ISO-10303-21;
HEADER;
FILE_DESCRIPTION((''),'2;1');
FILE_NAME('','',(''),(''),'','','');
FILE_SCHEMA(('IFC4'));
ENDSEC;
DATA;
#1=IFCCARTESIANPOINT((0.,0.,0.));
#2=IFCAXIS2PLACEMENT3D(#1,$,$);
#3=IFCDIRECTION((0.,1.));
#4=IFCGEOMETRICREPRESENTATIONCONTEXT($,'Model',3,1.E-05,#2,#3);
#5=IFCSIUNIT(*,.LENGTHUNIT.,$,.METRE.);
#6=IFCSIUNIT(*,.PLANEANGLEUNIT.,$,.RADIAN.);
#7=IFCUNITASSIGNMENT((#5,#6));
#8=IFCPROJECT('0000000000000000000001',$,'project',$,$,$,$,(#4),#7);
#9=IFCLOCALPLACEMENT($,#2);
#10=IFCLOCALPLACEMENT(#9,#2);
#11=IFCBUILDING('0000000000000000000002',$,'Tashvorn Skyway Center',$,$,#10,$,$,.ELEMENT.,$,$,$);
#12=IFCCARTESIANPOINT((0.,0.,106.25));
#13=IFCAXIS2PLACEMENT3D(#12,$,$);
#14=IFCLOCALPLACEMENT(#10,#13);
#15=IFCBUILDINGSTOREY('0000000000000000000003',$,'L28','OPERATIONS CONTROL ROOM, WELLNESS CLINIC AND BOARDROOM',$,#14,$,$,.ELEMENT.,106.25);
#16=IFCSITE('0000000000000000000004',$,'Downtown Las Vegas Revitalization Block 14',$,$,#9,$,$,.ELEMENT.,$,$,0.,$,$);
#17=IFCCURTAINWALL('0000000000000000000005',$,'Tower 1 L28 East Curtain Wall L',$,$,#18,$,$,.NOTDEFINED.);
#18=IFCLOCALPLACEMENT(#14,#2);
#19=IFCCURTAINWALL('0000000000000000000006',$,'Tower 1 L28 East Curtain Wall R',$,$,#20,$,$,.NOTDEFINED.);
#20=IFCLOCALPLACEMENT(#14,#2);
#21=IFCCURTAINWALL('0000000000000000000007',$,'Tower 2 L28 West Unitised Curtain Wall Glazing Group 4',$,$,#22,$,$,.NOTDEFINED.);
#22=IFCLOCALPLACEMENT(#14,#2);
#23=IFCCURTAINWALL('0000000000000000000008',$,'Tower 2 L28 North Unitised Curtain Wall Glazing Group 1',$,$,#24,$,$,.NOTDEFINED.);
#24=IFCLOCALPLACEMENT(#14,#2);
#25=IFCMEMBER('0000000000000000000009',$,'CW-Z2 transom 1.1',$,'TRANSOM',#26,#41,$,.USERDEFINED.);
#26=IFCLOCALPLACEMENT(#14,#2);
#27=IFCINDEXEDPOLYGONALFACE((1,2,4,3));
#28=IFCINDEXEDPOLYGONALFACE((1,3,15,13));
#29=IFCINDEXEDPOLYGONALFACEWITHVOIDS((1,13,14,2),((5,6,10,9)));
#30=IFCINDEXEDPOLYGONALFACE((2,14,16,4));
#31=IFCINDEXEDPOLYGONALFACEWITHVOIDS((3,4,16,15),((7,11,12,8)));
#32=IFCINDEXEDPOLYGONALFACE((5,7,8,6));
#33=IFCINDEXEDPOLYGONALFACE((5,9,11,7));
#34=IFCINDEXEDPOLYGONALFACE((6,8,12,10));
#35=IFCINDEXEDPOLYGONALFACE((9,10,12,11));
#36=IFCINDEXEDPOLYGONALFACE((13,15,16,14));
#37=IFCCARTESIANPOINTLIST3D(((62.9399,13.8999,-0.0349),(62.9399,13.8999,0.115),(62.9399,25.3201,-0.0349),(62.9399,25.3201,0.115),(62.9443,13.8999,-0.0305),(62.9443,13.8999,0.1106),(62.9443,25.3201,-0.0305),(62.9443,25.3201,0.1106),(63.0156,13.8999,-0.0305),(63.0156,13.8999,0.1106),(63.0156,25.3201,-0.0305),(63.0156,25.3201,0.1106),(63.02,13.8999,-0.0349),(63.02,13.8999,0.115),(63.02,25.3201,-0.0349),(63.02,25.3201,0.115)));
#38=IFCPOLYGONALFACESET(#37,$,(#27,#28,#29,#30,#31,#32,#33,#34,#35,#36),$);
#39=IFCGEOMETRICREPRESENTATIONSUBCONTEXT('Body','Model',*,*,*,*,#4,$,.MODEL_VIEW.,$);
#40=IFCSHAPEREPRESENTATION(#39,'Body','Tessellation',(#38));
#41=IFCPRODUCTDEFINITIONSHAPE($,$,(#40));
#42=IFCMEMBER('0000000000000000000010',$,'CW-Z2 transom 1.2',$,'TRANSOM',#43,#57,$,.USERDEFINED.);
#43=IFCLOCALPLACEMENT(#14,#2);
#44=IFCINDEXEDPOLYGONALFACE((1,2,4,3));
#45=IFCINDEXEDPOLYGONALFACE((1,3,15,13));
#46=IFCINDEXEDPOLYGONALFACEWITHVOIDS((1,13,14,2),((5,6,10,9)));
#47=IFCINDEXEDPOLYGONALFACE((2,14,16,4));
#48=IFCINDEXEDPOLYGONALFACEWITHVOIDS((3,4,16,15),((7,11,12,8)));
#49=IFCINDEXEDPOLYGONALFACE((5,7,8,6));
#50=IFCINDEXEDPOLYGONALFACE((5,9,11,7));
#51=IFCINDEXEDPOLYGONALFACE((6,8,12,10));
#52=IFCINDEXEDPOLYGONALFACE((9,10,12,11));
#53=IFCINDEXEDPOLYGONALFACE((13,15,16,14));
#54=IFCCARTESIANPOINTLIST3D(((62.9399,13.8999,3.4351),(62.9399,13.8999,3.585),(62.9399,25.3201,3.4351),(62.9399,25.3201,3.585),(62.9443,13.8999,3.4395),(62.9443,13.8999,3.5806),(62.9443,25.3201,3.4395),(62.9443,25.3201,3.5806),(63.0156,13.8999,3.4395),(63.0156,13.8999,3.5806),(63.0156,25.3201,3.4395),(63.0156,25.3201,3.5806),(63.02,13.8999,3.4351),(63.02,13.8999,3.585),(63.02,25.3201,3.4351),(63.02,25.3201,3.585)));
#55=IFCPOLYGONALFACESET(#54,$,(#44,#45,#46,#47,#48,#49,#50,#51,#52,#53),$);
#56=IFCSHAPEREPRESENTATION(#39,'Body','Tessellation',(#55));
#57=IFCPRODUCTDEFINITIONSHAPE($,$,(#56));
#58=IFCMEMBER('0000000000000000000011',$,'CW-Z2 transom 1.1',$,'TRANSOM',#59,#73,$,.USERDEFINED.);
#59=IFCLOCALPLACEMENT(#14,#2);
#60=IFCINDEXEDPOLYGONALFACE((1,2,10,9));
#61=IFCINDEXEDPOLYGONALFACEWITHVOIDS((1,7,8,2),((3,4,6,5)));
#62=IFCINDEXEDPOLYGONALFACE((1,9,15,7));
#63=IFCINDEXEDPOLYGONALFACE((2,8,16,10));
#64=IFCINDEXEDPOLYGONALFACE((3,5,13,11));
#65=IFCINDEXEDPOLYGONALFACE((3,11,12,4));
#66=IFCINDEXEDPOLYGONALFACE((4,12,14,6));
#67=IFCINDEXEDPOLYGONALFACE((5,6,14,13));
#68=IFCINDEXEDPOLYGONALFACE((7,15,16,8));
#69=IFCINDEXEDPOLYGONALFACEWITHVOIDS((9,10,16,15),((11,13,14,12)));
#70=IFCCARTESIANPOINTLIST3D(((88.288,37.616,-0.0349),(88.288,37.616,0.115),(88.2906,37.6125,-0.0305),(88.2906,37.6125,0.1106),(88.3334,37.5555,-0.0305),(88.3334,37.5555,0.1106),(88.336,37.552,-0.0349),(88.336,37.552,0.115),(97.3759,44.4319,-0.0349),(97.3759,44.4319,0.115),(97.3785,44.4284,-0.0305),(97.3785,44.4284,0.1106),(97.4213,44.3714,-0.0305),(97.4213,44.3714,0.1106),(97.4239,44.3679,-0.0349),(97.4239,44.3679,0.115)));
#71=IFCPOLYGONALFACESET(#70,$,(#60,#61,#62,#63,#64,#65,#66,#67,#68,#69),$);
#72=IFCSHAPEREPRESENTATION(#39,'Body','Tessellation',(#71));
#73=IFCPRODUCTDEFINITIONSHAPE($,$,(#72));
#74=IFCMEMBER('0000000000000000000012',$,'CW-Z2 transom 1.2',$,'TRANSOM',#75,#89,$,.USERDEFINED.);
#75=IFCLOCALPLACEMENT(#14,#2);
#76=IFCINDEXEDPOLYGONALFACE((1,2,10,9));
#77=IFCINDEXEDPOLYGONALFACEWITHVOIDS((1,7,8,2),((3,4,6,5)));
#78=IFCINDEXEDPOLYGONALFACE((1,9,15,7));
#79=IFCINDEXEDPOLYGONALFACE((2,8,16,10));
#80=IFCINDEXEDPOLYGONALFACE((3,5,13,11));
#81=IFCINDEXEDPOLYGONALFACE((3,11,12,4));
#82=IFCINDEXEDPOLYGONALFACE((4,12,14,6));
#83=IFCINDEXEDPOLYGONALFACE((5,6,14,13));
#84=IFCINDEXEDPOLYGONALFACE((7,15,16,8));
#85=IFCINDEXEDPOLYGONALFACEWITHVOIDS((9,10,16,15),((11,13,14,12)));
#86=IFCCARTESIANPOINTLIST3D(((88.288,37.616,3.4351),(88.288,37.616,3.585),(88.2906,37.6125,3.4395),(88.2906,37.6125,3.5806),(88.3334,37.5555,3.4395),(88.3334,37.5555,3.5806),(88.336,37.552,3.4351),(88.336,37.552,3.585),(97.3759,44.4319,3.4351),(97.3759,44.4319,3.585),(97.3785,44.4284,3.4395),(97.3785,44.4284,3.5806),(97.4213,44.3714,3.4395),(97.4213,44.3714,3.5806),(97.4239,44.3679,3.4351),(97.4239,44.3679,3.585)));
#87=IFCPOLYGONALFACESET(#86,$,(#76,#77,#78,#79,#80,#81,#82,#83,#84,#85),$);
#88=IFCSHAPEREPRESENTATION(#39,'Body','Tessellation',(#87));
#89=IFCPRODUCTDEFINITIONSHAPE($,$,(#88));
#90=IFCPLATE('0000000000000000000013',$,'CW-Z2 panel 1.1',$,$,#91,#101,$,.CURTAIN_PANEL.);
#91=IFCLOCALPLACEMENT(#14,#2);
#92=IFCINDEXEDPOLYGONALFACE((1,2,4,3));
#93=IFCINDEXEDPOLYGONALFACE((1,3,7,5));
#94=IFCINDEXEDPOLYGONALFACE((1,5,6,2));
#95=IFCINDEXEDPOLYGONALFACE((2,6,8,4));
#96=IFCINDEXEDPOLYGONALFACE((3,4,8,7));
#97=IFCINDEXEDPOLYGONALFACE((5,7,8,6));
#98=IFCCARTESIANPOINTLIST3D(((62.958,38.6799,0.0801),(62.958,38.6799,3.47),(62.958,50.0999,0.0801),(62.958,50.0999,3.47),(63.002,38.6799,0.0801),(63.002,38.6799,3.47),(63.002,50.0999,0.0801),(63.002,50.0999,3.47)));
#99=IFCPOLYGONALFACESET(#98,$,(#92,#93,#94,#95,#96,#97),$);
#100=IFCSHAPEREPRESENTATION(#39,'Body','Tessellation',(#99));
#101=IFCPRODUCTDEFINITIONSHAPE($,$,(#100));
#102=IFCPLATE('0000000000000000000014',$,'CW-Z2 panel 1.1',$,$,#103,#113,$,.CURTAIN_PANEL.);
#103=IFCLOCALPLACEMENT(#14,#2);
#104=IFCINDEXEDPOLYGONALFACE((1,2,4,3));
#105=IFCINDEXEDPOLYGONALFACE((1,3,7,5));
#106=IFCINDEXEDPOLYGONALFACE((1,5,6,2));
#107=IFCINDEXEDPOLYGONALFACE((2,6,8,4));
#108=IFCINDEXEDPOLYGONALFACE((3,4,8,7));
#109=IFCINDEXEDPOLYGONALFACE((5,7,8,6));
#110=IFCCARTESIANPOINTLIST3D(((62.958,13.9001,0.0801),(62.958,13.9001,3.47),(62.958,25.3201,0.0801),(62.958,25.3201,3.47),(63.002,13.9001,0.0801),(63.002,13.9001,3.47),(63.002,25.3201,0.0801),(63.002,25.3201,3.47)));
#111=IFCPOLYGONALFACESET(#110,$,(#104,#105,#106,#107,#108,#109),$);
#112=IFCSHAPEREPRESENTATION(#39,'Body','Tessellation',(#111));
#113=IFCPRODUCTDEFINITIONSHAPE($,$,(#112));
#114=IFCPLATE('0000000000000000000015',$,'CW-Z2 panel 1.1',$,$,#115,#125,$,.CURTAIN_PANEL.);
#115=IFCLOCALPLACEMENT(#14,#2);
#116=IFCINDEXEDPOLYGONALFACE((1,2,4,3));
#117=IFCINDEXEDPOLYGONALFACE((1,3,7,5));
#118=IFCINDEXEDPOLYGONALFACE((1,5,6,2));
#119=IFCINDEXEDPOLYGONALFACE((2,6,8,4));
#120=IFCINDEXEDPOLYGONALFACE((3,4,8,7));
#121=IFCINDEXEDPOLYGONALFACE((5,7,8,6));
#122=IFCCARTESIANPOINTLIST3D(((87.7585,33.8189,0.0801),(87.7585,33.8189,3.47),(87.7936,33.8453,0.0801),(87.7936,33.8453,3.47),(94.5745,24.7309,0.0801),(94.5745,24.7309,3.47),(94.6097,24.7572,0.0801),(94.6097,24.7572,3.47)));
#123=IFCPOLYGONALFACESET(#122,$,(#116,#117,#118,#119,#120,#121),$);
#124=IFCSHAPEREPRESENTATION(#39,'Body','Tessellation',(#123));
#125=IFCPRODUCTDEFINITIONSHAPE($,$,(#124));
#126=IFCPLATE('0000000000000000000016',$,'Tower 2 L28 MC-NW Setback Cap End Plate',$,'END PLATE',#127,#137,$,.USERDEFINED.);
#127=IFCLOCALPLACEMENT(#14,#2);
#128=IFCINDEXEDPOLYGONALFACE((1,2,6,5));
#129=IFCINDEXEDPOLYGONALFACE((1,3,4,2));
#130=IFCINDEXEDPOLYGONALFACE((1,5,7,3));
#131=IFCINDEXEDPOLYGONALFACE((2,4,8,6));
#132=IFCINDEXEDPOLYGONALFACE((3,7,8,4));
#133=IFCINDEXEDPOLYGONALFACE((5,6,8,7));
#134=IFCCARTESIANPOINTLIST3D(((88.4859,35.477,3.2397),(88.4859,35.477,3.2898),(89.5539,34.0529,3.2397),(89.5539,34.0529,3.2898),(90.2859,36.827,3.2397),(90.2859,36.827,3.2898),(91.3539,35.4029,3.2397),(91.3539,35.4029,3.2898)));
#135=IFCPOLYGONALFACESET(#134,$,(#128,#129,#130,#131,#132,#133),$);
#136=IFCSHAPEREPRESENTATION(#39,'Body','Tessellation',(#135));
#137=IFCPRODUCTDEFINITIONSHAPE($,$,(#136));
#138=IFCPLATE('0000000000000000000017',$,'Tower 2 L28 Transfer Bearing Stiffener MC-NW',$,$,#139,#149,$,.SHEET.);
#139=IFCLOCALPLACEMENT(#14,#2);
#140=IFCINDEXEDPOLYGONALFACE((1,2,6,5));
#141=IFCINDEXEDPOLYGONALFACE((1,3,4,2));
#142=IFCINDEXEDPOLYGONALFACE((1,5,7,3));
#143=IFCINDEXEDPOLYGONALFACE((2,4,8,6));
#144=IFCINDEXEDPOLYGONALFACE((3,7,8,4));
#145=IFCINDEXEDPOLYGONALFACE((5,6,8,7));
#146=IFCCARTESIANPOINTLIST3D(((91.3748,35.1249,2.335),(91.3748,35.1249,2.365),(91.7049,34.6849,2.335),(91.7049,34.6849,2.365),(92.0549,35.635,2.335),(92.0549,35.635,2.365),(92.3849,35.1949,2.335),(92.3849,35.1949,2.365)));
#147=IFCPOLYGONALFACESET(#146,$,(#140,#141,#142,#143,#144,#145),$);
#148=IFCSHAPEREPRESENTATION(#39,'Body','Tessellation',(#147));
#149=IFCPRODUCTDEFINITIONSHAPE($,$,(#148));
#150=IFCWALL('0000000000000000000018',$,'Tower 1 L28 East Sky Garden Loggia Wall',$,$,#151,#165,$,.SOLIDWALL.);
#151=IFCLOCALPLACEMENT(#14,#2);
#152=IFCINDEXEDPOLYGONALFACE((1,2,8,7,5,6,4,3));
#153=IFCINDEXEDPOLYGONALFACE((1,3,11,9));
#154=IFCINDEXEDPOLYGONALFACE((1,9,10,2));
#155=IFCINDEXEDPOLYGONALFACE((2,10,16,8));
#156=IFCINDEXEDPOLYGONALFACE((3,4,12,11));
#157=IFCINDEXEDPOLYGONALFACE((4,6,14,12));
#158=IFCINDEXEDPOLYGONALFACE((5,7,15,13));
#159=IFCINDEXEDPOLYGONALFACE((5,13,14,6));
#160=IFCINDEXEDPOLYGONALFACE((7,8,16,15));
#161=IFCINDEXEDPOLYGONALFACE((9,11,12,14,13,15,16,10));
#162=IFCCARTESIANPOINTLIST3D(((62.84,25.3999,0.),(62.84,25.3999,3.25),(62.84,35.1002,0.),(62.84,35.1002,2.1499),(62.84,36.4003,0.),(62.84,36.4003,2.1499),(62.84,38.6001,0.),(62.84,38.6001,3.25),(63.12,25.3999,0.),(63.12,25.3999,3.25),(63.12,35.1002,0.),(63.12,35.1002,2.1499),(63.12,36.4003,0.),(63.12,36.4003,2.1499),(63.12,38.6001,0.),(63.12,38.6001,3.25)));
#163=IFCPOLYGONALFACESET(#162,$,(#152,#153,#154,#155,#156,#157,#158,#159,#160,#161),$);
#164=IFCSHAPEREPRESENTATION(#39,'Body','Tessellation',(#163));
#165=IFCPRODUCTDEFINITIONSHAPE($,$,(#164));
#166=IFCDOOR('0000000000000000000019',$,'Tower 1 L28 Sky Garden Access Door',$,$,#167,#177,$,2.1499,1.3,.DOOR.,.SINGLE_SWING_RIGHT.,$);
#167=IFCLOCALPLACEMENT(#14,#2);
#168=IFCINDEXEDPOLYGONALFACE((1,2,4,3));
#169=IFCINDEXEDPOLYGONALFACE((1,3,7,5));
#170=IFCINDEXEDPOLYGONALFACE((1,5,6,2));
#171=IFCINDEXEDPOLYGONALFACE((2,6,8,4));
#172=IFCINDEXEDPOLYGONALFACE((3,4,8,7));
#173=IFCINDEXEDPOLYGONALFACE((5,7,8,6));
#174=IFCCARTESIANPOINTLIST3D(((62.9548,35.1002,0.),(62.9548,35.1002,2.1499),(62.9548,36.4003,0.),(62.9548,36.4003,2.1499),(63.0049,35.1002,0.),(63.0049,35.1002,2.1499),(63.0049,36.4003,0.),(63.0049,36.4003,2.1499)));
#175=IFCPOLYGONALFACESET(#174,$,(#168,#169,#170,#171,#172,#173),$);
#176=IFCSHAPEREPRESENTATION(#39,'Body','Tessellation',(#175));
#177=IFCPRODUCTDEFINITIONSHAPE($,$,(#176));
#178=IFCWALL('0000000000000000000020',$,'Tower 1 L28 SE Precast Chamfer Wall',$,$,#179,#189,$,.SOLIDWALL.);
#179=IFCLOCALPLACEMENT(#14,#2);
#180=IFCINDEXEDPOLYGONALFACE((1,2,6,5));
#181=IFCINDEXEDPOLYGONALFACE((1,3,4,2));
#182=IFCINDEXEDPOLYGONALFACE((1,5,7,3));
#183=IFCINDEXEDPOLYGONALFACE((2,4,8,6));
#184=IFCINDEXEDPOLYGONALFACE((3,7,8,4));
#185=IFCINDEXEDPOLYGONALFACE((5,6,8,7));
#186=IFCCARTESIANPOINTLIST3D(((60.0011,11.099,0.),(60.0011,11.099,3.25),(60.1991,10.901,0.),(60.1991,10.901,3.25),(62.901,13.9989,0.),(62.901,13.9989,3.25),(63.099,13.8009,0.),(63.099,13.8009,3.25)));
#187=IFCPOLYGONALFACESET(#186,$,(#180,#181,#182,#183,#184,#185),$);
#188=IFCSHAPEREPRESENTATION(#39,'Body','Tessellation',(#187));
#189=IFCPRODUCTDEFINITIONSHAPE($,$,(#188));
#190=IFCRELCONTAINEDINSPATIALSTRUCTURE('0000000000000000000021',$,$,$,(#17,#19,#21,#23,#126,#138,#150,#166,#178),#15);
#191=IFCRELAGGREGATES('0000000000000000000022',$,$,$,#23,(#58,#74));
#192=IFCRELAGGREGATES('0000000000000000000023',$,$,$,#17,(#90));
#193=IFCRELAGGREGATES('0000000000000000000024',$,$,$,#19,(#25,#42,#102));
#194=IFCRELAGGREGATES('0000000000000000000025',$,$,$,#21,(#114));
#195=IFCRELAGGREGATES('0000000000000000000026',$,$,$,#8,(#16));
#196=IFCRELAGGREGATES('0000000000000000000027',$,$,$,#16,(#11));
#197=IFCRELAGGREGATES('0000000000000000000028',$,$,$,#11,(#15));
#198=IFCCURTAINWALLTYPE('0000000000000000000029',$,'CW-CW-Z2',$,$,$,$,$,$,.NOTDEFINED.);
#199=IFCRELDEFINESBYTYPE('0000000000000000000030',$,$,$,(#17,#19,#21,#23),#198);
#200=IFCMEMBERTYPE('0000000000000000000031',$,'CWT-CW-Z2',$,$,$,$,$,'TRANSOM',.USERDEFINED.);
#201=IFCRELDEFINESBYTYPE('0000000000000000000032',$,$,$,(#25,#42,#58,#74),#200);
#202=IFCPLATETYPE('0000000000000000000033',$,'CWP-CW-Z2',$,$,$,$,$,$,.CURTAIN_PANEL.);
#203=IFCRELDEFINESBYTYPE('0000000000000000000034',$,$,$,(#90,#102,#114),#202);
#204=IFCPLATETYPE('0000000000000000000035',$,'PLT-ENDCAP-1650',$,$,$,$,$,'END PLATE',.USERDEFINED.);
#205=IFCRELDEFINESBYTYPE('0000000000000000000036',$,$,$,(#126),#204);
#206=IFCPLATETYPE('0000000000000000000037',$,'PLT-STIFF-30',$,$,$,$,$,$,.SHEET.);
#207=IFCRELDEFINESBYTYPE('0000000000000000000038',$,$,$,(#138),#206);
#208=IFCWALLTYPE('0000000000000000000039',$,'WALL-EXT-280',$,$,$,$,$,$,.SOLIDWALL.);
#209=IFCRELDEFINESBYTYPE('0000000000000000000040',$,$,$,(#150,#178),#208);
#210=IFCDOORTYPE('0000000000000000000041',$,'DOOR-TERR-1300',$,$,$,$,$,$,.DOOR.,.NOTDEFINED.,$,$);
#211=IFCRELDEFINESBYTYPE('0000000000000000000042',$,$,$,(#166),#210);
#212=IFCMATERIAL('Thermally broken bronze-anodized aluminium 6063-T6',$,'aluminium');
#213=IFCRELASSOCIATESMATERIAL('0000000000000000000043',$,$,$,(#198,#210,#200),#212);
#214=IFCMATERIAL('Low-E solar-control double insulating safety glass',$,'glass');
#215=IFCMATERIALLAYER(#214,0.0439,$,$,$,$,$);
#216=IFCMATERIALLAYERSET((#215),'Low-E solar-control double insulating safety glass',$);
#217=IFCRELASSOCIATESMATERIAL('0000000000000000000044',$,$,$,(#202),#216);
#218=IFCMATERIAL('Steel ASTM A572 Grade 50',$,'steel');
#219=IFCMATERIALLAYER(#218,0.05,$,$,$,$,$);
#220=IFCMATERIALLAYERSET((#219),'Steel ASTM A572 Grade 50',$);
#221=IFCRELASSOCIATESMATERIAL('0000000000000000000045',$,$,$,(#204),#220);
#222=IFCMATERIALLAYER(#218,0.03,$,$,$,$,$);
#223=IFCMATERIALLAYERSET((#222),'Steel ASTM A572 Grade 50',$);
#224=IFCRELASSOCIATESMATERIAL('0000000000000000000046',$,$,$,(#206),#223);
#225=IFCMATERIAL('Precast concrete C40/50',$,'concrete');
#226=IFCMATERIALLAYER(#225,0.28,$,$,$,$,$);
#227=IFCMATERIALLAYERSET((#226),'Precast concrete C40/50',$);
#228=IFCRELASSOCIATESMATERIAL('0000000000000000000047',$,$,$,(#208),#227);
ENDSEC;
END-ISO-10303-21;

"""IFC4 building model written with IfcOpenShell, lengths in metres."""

from ifc_helpers import new_model, si_unit, direction, frame, frame_2d, origin, origin_2d, place, context, subcontext, project, spatial, rectangle, hollow_rectangle, extrude, material, layer, layer_set, material_profile, profile_set, type_object, element, fill, aggregate, save


model = new_model("IFC4")

# Units and contexts
model_context = context("Model", 3, precision=1e-05, world=origin(), true_north=direction((0.0, 1.0)))
body_context = subcontext(model_context, "Body", "Model", "MODEL_VIEW")
ifc_project = project(units=[si_unit("LENGTHUNIT", "METRE"), si_unit("PLANEANGLEUNIT", "RADIAN")], contexts=[model_context])

# Site, building, storey
site_placement = place(None, origin())
site = spatial("IfcSite", under=ifc_project, at=site_placement, Name="Downtown Las Vegas Revitalization Block 14", CompositionType="ELEMENT", RefElevation=0.0)
building_placement = place(site_placement, origin())
building = spatial("IfcBuilding", under=site, at=building_placement, Name="Tashvorn Skyway Center", CompositionType="ELEMENT")
storey_placement = place(building_placement, frame((0.0, 0.0, 106.25)))
storey = spatial("IfcBuildingStorey", under=building, at=storey_placement, Name="L28", Description="OPERATIONS CONTROL ROOM, WELLNESS CLINIC AND BOARDROOM", CompositionType="ELEMENT", Elevation=106.25)

# Shared definitions
ifc_material_1 = material(Name="Steel ASTM A572 Grade 50", Category="steel")

# Curtain wall
ifc_material_2 = material(Name="Thermally broken bronze-anodized aluminium 6063-T6", Category="aluminium")
curtain_wall_type = type_object("IfcCurtainWallType", Name="CW-CW-Z2", PredefinedType="NOTDEFINED", material=ifc_material_2)
curtain_wall_1_placement = place(storey_placement, origin())
curtain_wall_1 = element("IfcCurtainWall", 1, at=curtain_wall_1_placement, inside=storey, type_object=curtain_wall_type, Name="Tower 1 L28 East Curtain Wall L", PredefinedType="NOTDEFINED")

# Curtain wall
curtain_wall_2_placement = place(storey_placement, origin())
curtain_wall_2 = element("IfcCurtainWall", 2, at=curtain_wall_2_placement, inside=storey, type_object=curtain_wall_type, Name="Tower 1 L28 East Curtain Wall R", PredefinedType="NOTDEFINED")

# Curtain walls
curtain_wall_3_placement = place(storey_placement, origin())
curtain_wall_3 = element("IfcCurtainWall", 3, at=curtain_wall_3_placement, inside=storey, type_object=curtain_wall_type, Name="Tower 2 L28 West Unitised Curtain Wall Glazing Group 4", PredefinedType="NOTDEFINED")
curtain_wall_4_placement = place(storey_placement, origin())
curtain_wall_4 = element("IfcCurtainWall", 4, at=curtain_wall_4_placement, inside=storey, type_object=curtain_wall_type, Name="Tower 2 L28 North Unitised Curtain Wall Glazing Group 1", PredefinedType="NOTDEFINED")

# Members
ifc_material_profile_1 = material_profile(ifc_material_2, hollow_rectangle(XDim=0.0801, YDim=0.1499, WallThickness=0.0044, at=origin_2d()), Name="ALU-TRAN-80x150")
ifc_profile_set_1 = profile_set([ifc_material_profile_1], Name="Thermally broken bronze-anodized aluminium 6063-T6")
member_type_1 = type_object("IfcMemberType", Name="CWT-CW-Z2", ElementType="TRANSOM", PredefinedType="USERDEFINED", material=ifc_profile_set_1)
member_1_placement = place(storey_placement, frame((62.98, 25.3201, 0.04), z_axis=(0.0, -1.0, 0.0), x_axis=(1.0, 0.0, 0.0)))
member_1 = element("IfcMember", 5, at=member_1_placement, type_object=member_type_1, Name="CW-Z2 transom 1.1", ObjectType="TRANSOM", PredefinedType="USERDEFINED", context=body_context, shape_type="SweptSolid", body=[
    extrude(hollow_rectangle(XDim=0.0801, YDim=0.1499, WallThickness=0.0044, at=origin_2d()), origin(), (0.0, 0.0, 1.0), 11.4202),
])
member_2_placement = place(storey_placement, frame((62.98, 25.3201, 3.51), z_axis=(0.0, -1.0, 0.0), x_axis=(1.0, 0.0, 0.0)))
member_2 = element("IfcMember", 6, at=member_2_placement, type_object=member_type_1, Name="CW-Z2 transom 1.2", ObjectType="TRANSOM", PredefinedType="USERDEFINED", context=body_context, shape_type="SweptSolid", body=[
    extrude(hollow_rectangle(XDim=0.0801, YDim=0.1499, WallThickness=0.0044, at=origin_2d()), origin(), (0.0, 0.0, 1.0), 11.4202),
])
member_3_placement = place(storey_placement, frame((88.312, 37.584, 0.04), z_axis=(0.8, 0.6, 0.0), x_axis=(-0.6, 0.8, 0.0)))
member_3 = element("IfcMember", 7, at=member_3_placement, type_object=member_type_1, Name="CW-Z2 transom 1.1", ObjectType="TRANSOM", PredefinedType="USERDEFINED", context=body_context, shape_type="SweptSolid", body=[
    extrude(hollow_rectangle(XDim=0.0801, YDim=0.1499, WallThickness=0.0044, at=origin_2d()), origin(), (0.0, 0.0, 1.0), 11.3599),
])
member_4_placement = place(storey_placement, frame((88.312, 37.584, 3.51), z_axis=(0.8, 0.6, 0.0), x_axis=(-0.6, 0.8, 0.0)))
member_4 = element("IfcMember", 8, at=member_4_placement, type_object=member_type_1, Name="CW-Z2 transom 1.2", ObjectType="TRANSOM", PredefinedType="USERDEFINED", context=body_context, shape_type="SweptSolid", body=[
    extrude(hollow_rectangle(XDim=0.0801, YDim=0.1499, WallThickness=0.0044, at=origin_2d()), origin(), (0.0, 0.0, 1.0), 11.3599),
])
aggregate(curtain_wall_4, [member_3, member_4])

# Plates
ifc_material_3 = material(Name="Low-E solar-control double insulating safety glass", Category="glass")
ifc_layer_1 = layer(ifc_material_3, 0.0439)
ifc_layer_set_1 = layer_set([ifc_layer_1], Name="Low-E solar-control double insulating safety glass")
plate_type_1 = type_object("IfcPlateType", Name="CWP-CW-Z2", PredefinedType="CURTAIN_PANEL", material=ifc_layer_set_1)
plate_1_placement = place(storey_placement, frame((62.98, 44.3899, 0.0801), z_axis=(0.0, 0.0, 1.0), x_axis=(0.0, -1.0, 0.0)))
plate_1 = element("IfcPlate", 9, at=plate_1_placement, type_object=plate_type_1, Name="CW-Z2 panel 1.1", PredefinedType="CURTAIN_PANEL", context=body_context, shape_type="SweptSolid", body=[
    extrude(rectangle(XDim=11.4199, YDim=0.0439, at=origin_2d()), origin(), (0.0, 0.0, 1.0), 3.3899),
])
aggregate(curtain_wall_1, [plate_1])
plate_2_placement = place(storey_placement, frame((62.98, 19.6101, 0.0801), z_axis=(0.0, 0.0, 1.0), x_axis=(0.0, -1.0, 0.0)))
plate_2 = element("IfcPlate", 10, at=plate_2_placement, type_object=plate_type_1, Name="CW-Z2 panel 1.1", PredefinedType="CURTAIN_PANEL", context=body_context, shape_type="SweptSolid", body=[
    extrude(rectangle(XDim=11.4199, YDim=0.0439, at=origin_2d()), origin(), (0.0, 0.0, 1.0), 3.3899),
])
aggregate(curtain_wall_2, [member_1, member_2, plate_2])
plate_3_placement = place(storey_placement, frame((91.1841, 29.2881, 0.0801), z_axis=(0.0, 0.0, 1.0), x_axis=(-0.6, 0.8, 0.0)))
plate_3 = element("IfcPlate", 11, at=plate_3_placement, type_object=plate_type_1, Name="CW-Z2 panel 1.1", PredefinedType="CURTAIN_PANEL", context=body_context, shape_type="SweptSolid", body=[
    extrude(rectangle(XDim=11.3601, YDim=0.0439, at=origin_2d()), origin(), (0.0, 0.0, 1.0), 3.3899),
])
aggregate(curtain_wall_3, [plate_3])

# Plates
ifc_layer_2 = layer(ifc_material_1, 0.05)
ifc_layer_set_2 = layer_set([ifc_layer_2], Name="Steel ASTM A572 Grade 50")
plate_type_2 = type_object("IfcPlateType", Name="PLT-ENDCAP-1650", ElementType="END PLATE", PredefinedType="USERDEFINED", material=ifc_layer_set_2)
plate_4_placement = place(storey_placement, frame((89.9199, 35.4399, 3.2397), z_axis=(0.0, 0.0, 1.0), x_axis=(0.8, 0.6, 0.0)))
element("IfcPlate", 12, at=plate_4_placement, inside=storey, type_object=plate_type_2, Name="Tower 2 L28 MC-NW Setback Cap End Plate", ObjectType="END PLATE", PredefinedType="USERDEFINED", context=body_context, shape_type="SweptSolid", body=[
    extrude(rectangle(XDim=2.25, YDim=1.78, at=origin_2d()), origin(), (0.0, 0.0, 1.0), 0.05),
])
ifc_layer_3 = layer(ifc_material_1, 0.03)
ifc_layer_set_3 = layer_set([ifc_layer_3], Name="Steel ASTM A572 Grade 50")
plate_type_3 = type_object("IfcPlateType", Name="PLT-STIFF-30", PredefinedType="SHEET", material=ifc_layer_set_3)
plate_5_placement = place(storey_placement, frame((91.8799, 35.1599, 2.335), z_axis=(0.0, 0.0, 1.0), x_axis=(0.8, 0.6, 0.0)))
element("IfcPlate", 13, at=plate_5_placement, inside=storey, type_object=plate_type_3, Name="Tower 2 L28 Transfer Bearing Stiffener MC-NW", PredefinedType="SHEET", context=body_context, shape_type="SweptSolid", body=[
    extrude(rectangle(XDim=0.8501, YDim=0.55, at=origin_2d()), origin(), (0.0, 0.0, 1.0), 0.03),
])

# Wall, opening, door
ifc_material_4 = material(Name="Precast concrete C40/50", Category="concrete")
ifc_layer_4 = layer(ifc_material_4, 0.28)
ifc_layer_set_4 = layer_set([ifc_layer_4], Name="Precast concrete C40/50")
wall_type = type_object("IfcWallType", Name="WALL-EXT-280", PredefinedType="SOLIDWALL", material=ifc_layer_set_4)
wall_1_placement = place(storey_placement, frame((62.98, 38.6001, 0.0), z_axis=(0.0, 0.0, 1.0), x_axis=(0.0, -1.0, 0.0)))
wall_1 = element("IfcWall", 14, at=wall_1_placement, inside=storey, type_object=wall_type, Name="Tower 1 L28 East Sky Garden Loggia Wall", PredefinedType="SOLIDWALL", context=body_context, shape_type="SweptSolid", body=[
    extrude(rectangle(XDim=13.2002, YDim=0.28, at=frame_2d((6.6001, 0.0))), origin(), (0.0, 0.0, 1.0), 3.25),
])
opening_placement = place(wall_1_placement, frame((2.2, 0.0, 0.0)))
opening = element("IfcOpeningElement", 15, at=opening_placement, cuts=wall_1, PredefinedType="OPENING", context=body_context, shape_type="SweptSolid", body=[
    extrude(rectangle(XDim=1.3, YDim=2.1499, at=frame_2d((0.6499, 1.075))), frame((0.0, 0.1499, 0.0), z_axis=(0.0, -1.0, 0.0), x_axis=(1.0, 0.0, 0.0)), (0.0, 0.0, 1.0), 0.3),
])
door_type = type_object("IfcDoorType", Name="DOOR-TERR-1300", OperationType="NOTDEFINED", PredefinedType="DOOR", material=ifc_material_2)
door_placement = place(opening_placement, origin())
door = element("IfcDoor", 16, at=door_placement, inside=storey, type_object=door_type, Name="Tower 1 L28 Sky Garden Access Door", OperationType="SINGLE_SWING_RIGHT", OverallHeight=2.1499, OverallWidth=1.3, PredefinedType="DOOR", context=body_context, shape_type="SweptSolid", body=[
    extrude(rectangle(XDim=1.3, YDim=2.1499, at=frame_2d((0.6499, 1.075))), frame((0.0, 0.0249, 0.0), z_axis=(0.0, -1.0, 0.0), x_axis=(1.0, 0.0, 0.0)), (0.0, 0.0, 1.0), 0.05),
])
fill(opening, door)

# Wall
wall_2_placement = place(storey_placement, frame((63.0, 13.8999, 0.0), z_axis=(0.0, 0.0, 1.0), x_axis=(-0.707107, -0.707107, 0.0)))
element("IfcWall", 17, at=wall_2_placement, inside=storey, type_object=wall_type, Name="Tower 1 L28 SE Precast Chamfer Wall", PredefinedType="SOLIDWALL", context=body_context, shape_type="SweptSolid", body=[
    extrude(rectangle(XDim=4.1011, YDim=0.28, at=frame_2d((2.0505, 0.0))), origin(), (0.0, 0.0, 1.0), 3.25),
])

save(model, "model.ifc")
